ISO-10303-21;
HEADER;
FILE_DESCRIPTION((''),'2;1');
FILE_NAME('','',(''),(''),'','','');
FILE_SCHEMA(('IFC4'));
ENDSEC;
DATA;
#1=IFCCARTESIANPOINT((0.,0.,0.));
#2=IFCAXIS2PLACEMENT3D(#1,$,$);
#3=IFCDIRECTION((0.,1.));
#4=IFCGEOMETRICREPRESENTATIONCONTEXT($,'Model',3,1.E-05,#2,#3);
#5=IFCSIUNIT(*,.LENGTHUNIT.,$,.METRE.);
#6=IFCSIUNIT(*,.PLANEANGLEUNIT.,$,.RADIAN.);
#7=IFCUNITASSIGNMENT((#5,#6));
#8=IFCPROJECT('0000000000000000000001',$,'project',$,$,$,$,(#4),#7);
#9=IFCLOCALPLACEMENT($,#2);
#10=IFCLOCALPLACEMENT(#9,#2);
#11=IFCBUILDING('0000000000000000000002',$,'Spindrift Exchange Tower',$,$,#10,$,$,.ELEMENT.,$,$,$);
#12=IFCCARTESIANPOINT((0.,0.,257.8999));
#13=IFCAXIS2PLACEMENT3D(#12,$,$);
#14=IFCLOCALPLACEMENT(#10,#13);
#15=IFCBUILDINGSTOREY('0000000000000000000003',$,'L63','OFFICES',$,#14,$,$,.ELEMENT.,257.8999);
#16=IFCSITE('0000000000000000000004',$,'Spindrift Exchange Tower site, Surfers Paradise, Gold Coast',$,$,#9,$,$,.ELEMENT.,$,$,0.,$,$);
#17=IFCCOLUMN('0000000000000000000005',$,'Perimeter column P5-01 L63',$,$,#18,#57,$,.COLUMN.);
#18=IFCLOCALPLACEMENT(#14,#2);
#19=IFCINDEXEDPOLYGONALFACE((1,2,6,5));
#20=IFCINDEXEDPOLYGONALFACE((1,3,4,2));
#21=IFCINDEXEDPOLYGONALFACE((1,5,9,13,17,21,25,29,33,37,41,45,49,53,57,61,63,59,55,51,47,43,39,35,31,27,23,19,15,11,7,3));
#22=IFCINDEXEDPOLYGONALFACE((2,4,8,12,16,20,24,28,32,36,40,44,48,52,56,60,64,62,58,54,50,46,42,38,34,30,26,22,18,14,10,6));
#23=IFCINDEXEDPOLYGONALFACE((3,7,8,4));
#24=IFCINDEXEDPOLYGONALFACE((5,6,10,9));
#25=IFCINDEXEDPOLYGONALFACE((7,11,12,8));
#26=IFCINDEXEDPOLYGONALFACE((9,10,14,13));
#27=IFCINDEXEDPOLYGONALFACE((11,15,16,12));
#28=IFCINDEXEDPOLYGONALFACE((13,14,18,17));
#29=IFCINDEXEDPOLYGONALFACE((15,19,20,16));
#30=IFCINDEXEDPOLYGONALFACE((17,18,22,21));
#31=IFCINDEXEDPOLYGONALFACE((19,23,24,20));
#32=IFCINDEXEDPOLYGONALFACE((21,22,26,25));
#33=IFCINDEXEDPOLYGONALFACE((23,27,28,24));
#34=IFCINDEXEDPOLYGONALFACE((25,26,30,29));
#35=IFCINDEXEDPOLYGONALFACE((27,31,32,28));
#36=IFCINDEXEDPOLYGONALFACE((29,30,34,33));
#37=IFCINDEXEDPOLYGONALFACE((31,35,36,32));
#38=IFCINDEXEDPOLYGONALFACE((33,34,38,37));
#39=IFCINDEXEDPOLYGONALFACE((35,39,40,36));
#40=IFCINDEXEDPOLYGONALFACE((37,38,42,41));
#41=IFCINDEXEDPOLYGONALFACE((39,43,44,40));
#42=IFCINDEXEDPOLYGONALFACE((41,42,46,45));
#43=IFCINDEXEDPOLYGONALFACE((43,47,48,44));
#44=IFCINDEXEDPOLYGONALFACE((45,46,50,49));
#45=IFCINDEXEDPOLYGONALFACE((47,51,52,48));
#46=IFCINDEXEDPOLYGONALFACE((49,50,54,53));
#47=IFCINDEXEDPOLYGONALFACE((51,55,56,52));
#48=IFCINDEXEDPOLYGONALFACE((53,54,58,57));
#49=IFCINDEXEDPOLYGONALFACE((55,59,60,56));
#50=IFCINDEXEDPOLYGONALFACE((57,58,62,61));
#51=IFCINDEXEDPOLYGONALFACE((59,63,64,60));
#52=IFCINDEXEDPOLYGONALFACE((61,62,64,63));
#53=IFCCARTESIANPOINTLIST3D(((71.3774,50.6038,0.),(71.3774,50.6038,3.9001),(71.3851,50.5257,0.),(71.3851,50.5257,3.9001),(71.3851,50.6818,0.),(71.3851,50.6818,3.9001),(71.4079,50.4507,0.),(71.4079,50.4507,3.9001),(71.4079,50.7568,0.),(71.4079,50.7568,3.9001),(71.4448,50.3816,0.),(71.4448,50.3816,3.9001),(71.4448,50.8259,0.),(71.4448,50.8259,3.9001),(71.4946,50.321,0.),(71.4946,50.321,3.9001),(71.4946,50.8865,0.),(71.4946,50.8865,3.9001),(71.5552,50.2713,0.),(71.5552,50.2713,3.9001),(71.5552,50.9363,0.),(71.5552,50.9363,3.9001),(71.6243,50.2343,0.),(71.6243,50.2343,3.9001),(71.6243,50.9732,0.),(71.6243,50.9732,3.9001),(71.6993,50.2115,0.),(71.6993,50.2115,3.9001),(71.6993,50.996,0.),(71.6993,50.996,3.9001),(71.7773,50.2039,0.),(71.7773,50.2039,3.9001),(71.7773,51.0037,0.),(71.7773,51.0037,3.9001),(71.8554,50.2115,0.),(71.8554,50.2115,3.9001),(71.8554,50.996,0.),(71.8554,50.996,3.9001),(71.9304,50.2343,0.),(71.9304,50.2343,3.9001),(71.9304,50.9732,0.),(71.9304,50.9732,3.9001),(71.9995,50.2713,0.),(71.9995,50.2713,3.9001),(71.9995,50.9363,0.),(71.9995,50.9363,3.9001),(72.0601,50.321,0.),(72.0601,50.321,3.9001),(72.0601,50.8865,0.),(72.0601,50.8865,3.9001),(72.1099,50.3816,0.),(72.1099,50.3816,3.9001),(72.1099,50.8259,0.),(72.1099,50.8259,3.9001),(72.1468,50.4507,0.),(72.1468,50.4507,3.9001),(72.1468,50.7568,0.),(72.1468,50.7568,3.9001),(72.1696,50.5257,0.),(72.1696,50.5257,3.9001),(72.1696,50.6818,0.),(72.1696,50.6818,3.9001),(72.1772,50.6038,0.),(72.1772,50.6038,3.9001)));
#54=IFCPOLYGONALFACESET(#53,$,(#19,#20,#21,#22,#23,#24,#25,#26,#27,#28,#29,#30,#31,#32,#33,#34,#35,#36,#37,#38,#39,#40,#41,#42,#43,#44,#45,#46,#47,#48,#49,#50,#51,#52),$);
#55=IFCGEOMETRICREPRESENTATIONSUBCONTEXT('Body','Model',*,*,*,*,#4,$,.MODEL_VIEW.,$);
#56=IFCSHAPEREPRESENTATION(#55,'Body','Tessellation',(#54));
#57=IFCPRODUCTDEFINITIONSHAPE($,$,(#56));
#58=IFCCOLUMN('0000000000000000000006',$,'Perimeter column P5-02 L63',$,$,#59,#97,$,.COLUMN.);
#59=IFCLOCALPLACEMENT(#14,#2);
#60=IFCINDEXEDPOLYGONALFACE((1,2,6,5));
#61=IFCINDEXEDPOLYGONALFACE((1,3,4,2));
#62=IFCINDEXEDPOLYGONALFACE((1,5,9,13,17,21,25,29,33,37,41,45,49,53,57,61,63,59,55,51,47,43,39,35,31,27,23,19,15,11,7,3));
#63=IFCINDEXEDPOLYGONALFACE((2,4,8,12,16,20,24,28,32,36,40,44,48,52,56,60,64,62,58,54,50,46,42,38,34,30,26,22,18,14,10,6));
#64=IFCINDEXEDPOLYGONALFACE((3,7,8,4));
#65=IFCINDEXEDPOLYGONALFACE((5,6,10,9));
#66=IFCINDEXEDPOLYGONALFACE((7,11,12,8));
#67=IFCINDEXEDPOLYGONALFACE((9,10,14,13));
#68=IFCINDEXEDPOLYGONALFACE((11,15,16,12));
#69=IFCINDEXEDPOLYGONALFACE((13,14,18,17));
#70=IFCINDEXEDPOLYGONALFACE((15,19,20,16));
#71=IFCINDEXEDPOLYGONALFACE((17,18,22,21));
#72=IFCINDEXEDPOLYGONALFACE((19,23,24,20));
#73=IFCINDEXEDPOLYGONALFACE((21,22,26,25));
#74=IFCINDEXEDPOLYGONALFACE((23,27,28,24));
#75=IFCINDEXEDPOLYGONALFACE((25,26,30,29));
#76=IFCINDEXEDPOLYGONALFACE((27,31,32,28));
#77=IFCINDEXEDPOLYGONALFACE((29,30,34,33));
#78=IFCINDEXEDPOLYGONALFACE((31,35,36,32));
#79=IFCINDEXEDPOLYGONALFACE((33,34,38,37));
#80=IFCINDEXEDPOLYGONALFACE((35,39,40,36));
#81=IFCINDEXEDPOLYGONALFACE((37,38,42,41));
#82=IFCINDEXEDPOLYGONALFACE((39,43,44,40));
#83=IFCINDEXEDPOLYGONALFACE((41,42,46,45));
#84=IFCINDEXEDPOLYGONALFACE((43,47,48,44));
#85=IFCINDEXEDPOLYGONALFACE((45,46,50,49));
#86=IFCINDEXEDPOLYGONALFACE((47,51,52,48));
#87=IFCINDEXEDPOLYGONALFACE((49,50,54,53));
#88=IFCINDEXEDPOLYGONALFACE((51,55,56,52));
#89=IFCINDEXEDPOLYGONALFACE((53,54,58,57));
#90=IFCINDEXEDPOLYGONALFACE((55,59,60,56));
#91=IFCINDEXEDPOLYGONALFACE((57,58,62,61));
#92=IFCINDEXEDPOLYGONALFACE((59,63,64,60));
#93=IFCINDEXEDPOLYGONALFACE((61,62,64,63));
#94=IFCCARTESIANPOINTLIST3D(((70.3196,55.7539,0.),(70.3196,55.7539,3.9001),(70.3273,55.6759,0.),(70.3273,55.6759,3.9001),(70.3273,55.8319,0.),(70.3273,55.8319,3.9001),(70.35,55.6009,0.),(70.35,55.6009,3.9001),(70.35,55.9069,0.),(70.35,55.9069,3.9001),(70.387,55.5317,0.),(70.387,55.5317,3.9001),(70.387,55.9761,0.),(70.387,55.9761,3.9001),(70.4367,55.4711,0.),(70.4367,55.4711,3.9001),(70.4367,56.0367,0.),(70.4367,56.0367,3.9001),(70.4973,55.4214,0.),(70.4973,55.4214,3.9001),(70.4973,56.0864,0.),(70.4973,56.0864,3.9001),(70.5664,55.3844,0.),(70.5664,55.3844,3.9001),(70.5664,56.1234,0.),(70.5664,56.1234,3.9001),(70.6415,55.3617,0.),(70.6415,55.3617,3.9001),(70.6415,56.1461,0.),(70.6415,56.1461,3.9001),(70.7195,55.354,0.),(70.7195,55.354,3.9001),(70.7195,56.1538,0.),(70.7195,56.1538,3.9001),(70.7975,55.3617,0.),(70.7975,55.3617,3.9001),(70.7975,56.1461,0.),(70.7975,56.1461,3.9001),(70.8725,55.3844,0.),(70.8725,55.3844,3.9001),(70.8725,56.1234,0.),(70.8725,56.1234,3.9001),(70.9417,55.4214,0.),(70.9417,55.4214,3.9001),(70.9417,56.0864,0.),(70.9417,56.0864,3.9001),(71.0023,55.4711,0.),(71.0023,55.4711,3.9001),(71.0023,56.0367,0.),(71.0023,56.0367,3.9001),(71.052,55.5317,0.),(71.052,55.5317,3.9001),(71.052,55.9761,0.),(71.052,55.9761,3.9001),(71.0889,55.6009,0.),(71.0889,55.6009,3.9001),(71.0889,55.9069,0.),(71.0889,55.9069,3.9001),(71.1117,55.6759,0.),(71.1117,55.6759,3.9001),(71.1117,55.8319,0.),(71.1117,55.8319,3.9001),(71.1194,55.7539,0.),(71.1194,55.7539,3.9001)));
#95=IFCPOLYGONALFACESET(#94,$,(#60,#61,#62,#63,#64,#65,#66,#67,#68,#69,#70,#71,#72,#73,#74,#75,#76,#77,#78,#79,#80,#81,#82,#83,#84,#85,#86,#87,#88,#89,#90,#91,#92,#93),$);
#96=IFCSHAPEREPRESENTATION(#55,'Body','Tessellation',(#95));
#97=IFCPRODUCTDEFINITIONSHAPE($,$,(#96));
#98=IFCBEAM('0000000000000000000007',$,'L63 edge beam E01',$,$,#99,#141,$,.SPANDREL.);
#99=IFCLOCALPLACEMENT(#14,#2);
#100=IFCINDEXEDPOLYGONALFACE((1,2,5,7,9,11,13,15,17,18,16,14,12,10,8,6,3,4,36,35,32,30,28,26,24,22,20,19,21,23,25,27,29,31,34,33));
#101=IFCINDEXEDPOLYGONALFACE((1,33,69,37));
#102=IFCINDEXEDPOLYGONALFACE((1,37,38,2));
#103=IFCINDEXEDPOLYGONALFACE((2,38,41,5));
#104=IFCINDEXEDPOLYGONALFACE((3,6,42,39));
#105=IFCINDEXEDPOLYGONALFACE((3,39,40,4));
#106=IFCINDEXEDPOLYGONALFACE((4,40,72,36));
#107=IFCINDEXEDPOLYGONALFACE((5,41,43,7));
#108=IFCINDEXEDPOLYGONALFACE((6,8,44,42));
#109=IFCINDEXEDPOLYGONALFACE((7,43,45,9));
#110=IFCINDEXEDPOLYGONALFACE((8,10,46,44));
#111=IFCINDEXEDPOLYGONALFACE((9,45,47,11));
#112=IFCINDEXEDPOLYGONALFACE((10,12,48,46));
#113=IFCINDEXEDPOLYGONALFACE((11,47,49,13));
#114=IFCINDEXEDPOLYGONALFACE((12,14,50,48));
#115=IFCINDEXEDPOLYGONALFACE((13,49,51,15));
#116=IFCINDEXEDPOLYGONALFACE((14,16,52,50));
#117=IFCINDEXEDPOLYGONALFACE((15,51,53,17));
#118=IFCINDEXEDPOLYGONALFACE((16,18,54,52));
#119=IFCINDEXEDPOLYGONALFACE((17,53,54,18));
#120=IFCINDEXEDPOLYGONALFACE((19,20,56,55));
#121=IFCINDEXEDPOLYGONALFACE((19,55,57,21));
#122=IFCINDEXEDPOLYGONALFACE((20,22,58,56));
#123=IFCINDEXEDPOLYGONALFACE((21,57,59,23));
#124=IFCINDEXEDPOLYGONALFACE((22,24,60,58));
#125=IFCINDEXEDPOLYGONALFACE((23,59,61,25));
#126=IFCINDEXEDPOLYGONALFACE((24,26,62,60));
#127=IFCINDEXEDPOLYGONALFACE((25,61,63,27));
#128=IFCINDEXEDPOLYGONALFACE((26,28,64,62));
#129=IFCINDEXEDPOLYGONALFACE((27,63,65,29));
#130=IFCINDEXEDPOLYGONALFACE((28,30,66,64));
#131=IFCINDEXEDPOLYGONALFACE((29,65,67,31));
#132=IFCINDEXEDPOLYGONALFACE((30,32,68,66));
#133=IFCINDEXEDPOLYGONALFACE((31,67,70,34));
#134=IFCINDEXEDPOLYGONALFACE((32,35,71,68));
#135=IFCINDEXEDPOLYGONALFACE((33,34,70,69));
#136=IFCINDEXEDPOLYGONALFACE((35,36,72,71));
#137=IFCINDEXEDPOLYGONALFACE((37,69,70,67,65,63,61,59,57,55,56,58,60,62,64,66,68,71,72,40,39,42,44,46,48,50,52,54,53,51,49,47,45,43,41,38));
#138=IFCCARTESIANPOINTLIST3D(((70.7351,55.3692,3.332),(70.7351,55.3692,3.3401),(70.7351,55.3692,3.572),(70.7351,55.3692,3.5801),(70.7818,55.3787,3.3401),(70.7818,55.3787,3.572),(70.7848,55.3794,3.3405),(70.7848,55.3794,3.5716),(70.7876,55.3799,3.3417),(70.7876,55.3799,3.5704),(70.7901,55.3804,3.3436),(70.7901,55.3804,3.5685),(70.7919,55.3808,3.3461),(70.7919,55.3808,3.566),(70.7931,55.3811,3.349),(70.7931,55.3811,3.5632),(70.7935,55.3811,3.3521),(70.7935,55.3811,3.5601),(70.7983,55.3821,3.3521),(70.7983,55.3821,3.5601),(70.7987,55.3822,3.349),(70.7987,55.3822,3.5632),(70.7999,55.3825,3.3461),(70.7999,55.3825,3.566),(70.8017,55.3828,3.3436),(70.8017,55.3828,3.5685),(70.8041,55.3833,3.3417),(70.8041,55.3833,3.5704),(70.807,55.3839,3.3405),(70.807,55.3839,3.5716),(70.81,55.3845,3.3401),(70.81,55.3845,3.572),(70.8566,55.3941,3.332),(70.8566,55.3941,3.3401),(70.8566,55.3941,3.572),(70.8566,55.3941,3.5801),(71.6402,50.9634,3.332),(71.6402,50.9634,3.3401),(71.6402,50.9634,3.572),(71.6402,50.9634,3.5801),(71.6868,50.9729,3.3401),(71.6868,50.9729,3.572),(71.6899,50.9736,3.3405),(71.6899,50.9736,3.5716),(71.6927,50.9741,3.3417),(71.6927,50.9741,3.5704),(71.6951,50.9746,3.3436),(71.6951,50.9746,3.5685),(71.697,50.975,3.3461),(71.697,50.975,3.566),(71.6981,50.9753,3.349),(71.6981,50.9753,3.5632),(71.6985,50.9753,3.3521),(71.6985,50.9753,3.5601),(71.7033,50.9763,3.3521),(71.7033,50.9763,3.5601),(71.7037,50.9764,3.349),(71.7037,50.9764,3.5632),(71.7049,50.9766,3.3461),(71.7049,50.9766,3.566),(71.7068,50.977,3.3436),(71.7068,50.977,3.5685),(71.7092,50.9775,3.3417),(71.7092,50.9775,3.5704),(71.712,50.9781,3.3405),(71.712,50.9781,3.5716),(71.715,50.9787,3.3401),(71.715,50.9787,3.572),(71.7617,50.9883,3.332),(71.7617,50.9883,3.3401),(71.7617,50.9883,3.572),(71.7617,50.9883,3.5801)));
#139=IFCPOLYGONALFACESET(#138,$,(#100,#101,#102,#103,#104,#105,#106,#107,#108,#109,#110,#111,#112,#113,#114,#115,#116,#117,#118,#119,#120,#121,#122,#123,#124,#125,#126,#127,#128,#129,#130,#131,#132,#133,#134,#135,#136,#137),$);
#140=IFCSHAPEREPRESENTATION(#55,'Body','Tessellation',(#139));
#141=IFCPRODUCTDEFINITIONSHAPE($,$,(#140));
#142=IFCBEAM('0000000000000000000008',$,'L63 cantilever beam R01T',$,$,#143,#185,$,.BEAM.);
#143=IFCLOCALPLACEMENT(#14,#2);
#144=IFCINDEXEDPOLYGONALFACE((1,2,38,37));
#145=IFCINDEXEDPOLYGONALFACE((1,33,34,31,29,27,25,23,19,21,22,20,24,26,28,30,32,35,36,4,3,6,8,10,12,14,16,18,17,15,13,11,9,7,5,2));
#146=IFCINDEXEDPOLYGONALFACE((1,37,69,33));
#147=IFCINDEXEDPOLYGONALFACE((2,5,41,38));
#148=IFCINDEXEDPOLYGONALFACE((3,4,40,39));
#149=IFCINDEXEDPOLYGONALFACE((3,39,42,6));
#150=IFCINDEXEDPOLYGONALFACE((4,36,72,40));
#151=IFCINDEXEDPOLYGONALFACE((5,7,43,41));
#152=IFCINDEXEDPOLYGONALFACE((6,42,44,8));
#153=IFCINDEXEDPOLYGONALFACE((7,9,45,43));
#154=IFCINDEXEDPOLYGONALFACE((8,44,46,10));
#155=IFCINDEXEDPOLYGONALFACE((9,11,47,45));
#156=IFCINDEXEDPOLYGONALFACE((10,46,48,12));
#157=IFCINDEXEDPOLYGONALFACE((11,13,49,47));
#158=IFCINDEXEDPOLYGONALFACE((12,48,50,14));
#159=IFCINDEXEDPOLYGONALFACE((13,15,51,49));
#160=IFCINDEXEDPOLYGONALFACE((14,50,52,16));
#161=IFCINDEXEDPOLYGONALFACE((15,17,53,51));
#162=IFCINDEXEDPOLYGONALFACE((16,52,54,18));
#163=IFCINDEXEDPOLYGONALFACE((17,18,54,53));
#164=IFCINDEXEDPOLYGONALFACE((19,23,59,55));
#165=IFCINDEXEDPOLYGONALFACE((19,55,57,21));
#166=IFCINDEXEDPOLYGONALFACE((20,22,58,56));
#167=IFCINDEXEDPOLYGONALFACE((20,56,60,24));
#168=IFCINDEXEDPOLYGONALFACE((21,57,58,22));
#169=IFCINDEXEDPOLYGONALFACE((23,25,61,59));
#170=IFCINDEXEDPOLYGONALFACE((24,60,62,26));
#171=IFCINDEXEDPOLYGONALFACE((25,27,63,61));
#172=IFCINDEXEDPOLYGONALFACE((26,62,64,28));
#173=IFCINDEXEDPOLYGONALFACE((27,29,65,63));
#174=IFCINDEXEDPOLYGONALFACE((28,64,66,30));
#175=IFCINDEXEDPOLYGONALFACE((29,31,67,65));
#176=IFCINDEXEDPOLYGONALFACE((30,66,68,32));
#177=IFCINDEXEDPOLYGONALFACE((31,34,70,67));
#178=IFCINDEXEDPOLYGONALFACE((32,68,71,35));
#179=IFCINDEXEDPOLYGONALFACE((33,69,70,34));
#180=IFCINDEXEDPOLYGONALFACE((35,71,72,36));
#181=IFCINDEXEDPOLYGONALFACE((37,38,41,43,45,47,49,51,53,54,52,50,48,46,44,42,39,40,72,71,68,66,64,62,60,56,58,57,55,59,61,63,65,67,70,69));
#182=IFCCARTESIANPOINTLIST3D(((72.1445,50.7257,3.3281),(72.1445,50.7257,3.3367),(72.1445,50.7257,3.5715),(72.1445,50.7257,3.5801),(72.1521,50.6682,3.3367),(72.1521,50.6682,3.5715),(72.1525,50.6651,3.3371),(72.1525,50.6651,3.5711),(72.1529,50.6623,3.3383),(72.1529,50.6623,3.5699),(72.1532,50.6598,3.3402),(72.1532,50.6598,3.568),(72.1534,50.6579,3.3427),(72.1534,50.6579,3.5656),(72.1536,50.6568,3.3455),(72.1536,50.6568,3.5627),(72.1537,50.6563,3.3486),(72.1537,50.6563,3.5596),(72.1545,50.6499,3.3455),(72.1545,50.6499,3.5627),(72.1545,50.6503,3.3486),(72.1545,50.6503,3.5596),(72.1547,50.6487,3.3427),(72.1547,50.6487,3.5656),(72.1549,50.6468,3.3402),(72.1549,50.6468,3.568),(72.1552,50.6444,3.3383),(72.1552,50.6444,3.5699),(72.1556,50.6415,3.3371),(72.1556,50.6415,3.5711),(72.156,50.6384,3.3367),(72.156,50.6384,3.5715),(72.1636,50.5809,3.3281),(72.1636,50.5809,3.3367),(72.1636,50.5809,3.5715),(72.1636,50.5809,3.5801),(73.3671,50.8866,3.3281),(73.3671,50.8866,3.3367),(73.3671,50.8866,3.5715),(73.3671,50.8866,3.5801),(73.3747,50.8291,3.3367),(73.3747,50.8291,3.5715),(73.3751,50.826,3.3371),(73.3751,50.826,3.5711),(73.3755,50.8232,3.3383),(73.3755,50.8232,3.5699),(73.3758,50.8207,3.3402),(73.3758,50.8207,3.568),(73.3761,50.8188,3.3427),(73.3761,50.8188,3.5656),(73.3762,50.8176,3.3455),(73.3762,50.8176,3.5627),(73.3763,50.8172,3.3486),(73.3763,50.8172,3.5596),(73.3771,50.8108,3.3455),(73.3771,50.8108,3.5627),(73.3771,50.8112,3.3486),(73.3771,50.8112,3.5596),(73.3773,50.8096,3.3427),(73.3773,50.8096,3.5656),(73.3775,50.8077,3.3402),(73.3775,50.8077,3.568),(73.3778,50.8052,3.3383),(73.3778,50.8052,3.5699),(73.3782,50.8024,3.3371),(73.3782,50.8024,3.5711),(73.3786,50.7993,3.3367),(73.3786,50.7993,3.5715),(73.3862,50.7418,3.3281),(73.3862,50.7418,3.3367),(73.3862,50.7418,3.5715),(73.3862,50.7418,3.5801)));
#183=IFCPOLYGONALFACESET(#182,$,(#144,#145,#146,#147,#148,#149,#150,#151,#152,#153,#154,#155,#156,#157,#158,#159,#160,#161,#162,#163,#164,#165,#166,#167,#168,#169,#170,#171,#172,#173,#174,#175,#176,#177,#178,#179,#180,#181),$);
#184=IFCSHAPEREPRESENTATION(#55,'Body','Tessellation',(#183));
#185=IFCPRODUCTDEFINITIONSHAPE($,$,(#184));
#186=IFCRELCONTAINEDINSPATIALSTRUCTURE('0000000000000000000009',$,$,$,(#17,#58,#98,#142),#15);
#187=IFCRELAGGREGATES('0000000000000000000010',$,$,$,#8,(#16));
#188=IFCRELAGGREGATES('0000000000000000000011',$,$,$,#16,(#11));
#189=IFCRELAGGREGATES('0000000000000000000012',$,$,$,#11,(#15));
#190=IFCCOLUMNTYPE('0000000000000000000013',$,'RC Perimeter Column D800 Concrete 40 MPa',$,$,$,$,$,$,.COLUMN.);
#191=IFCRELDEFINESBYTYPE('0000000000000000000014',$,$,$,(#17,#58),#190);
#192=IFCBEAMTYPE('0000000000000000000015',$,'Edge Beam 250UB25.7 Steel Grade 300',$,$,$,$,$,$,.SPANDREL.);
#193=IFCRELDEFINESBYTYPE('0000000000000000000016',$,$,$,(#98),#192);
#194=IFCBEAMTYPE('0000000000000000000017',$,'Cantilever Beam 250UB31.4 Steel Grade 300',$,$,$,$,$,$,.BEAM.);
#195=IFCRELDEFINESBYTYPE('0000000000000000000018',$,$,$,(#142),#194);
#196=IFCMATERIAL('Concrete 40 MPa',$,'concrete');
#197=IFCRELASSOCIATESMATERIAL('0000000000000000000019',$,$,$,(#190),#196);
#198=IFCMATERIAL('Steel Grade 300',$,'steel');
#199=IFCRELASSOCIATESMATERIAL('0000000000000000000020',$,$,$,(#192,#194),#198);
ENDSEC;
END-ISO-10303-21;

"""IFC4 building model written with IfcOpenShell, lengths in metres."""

from ifc_helpers import new_model, si_unit, direction, frame, origin, origin_2d, place, context, subcontext, project, spatial, circle, i_section, extrude, source, transform, mapped, material, material_profile, profile_set, type_object, element, save


model = new_model("IFC4")

# Units and contexts
model_context = context("Model", 3, precision=1e-05, world=origin(), true_north=direction((0.0, 1.0)))
body_context = subcontext(model_context, "Body", "Model", "MODEL_VIEW")
ifc_project = project(units=[si_unit("LENGTHUNIT", "METRE"), si_unit("PLANEANGLEUNIT", "RADIAN")], contexts=[model_context])

# Site, building, storey
site_placement = place(None, origin())
site = spatial("IfcSite", under=ifc_project, at=site_placement, Name="Spindrift Exchange Tower site, Surfers Paradise, Gold Coast", CompositionType="ELEMENT", RefElevation=0.0)
building_placement = place(site_placement, origin())
building = spatial("IfcBuilding", under=site, at=building_placement, Name="Spindrift Exchange Tower", CompositionType="ELEMENT")
storey_placement = place(building_placement, frame((0.0, 0.0, 257.8999)))
storey = spatial("IfcBuildingStorey", under=building, at=storey_placement, Name="L63", Description="OFFICES", CompositionType="ELEMENT", Elevation=257.8999)

# Columns
ifc_material_1 = material(Name="Concrete 40 MPa", Category="concrete")
ifc_material_profile_1 = material_profile(ifc_material_1, circle(Radius=0.3999, at=origin_2d()), Name="RC D800")
ifc_profile_set_1 = profile_set([ifc_material_profile_1], Name="Concrete 40 MPa")
column_type = type_object("IfcColumnType", Name="RC Perimeter Column D800 Concrete 40 MPa", PredefinedType="COLUMN", material=ifc_profile_set_1)
shared_shape_1 = source(origin(), body_context, "Body", "SweptSolid", [
    extrude(circle(Radius=0.3999, at=origin_2d()), origin(), (0.0, 0.0, 1.0), 3.9001),
])
for number, where, z_axis, x_axis, name in (
    (1, (71.7773, 50.6038, 0.0), (0.0, 0.0, 1.0), (1.0, 0.0, 0.0), "Perimeter column P5-01 L63"),
    (2, (70.7195, 55.7539, 0.0), (0.0, 0.0, 1.0), (1.0, 0.0, 0.0), "Perimeter column P5-02 L63"),
):
    element("IfcColumn", number, at=place(storey_placement, frame(where, z_axis=z_axis, x_axis=x_axis)), inside=storey, type_object=column_type, Name=name, PredefinedType="COLUMN", context=body_context, shape_type="MappedRepresentation", body=[
        mapped(shared_shape_1, transform((0.0, 0.0, 0.0), scale=1.0)),
    ])

# Beams
ifc_material_2 = material(Name="Steel Grade 300", Category="steel")
ifc_material_profile_2 = material_profile(ifc_material_2, i_section(OverallWidth=0.124, OverallDepth=0.248, WebThickness=0.0049, FlangeThickness=0.0081, FilletRadius=0.012, at=origin_2d()), Name="250UB25.7")
ifc_profile_set_2 = profile_set([ifc_material_profile_2], Name="Steel Grade 300")
beam_type_1 = type_object("IfcBeamType", Name="Edge Beam 250UB25.7 Steel Grade 300", PredefinedType="SPANDREL", material=ifc_profile_set_2)
shared_shape_2 = source(origin(), body_context, "Body", "SweptSolid", [
    extrude(i_section(OverallWidth=0.124, OverallDepth=0.248, WebThickness=0.0049, FlangeThickness=0.0081, FilletRadius=0.012, at=origin_2d()), origin(), (0.0, 0.0, 1.0), 4.4978),
])
beam_1_placement = place(storey_placement, frame((71.7009, 50.9758, 3.4561), z_axis=(-0.201218, 0.979546, 0.0), x_axis=(-0.979546, -0.201218, 0.0)))
element("IfcBeam", 3, at=beam_1_placement, inside=storey, type_object=beam_type_1, Name="L63 edge beam E01", PredefinedType="SPANDREL", context=body_context, shape_type="MappedRepresentation", body=[
    mapped(shared_shape_2, transform((0.0, 0.0, 0.0), scale=1.0)),
])
ifc_material_profile_3 = material_profile(ifc_material_2, i_section(OverallWidth=0.146, OverallDepth=0.252, WebThickness=0.0061, FlangeThickness=0.0085, FilletRadius=0.012, at=origin_2d()), Name="250UB31.4")
ifc_profile_set_3 = profile_set([ifc_material_profile_3], Name="Steel Grade 300")
beam_type_2 = type_object("IfcBeamType", Name="Cantilever Beam 250UB31.4 Steel Grade 300", PredefinedType="BEAM", material=ifc_profile_set_3)
shared_shape_3 = source(origin(), body_context, "Body", "SweptSolid", [
    extrude(i_section(OverallWidth=0.146, OverallDepth=0.252, WebThickness=0.0061, FlangeThickness=0.0085, FilletRadius=0.012, at=origin_2d()), origin(), (0.0, 0.0, 1.0), 1.2332),
])
beam_2_placement = place(storey_placement, frame((72.1541, 50.6533, 3.4541), z_axis=(0.991453, 0.130465, 0.0), x_axis=(-0.130465, 0.991453, 0.0)))
element("IfcBeam", 4, at=beam_2_placement, inside=storey, type_object=beam_type_2, Name="L63 cantilever beam R01T", PredefinedType="BEAM", context=body_context, shape_type="MappedRepresentation", body=[
    mapped(shared_shape_3, transform((0.0, 0.0, 0.0), scale=1.0)),
])

save(model, "model.ifc")
